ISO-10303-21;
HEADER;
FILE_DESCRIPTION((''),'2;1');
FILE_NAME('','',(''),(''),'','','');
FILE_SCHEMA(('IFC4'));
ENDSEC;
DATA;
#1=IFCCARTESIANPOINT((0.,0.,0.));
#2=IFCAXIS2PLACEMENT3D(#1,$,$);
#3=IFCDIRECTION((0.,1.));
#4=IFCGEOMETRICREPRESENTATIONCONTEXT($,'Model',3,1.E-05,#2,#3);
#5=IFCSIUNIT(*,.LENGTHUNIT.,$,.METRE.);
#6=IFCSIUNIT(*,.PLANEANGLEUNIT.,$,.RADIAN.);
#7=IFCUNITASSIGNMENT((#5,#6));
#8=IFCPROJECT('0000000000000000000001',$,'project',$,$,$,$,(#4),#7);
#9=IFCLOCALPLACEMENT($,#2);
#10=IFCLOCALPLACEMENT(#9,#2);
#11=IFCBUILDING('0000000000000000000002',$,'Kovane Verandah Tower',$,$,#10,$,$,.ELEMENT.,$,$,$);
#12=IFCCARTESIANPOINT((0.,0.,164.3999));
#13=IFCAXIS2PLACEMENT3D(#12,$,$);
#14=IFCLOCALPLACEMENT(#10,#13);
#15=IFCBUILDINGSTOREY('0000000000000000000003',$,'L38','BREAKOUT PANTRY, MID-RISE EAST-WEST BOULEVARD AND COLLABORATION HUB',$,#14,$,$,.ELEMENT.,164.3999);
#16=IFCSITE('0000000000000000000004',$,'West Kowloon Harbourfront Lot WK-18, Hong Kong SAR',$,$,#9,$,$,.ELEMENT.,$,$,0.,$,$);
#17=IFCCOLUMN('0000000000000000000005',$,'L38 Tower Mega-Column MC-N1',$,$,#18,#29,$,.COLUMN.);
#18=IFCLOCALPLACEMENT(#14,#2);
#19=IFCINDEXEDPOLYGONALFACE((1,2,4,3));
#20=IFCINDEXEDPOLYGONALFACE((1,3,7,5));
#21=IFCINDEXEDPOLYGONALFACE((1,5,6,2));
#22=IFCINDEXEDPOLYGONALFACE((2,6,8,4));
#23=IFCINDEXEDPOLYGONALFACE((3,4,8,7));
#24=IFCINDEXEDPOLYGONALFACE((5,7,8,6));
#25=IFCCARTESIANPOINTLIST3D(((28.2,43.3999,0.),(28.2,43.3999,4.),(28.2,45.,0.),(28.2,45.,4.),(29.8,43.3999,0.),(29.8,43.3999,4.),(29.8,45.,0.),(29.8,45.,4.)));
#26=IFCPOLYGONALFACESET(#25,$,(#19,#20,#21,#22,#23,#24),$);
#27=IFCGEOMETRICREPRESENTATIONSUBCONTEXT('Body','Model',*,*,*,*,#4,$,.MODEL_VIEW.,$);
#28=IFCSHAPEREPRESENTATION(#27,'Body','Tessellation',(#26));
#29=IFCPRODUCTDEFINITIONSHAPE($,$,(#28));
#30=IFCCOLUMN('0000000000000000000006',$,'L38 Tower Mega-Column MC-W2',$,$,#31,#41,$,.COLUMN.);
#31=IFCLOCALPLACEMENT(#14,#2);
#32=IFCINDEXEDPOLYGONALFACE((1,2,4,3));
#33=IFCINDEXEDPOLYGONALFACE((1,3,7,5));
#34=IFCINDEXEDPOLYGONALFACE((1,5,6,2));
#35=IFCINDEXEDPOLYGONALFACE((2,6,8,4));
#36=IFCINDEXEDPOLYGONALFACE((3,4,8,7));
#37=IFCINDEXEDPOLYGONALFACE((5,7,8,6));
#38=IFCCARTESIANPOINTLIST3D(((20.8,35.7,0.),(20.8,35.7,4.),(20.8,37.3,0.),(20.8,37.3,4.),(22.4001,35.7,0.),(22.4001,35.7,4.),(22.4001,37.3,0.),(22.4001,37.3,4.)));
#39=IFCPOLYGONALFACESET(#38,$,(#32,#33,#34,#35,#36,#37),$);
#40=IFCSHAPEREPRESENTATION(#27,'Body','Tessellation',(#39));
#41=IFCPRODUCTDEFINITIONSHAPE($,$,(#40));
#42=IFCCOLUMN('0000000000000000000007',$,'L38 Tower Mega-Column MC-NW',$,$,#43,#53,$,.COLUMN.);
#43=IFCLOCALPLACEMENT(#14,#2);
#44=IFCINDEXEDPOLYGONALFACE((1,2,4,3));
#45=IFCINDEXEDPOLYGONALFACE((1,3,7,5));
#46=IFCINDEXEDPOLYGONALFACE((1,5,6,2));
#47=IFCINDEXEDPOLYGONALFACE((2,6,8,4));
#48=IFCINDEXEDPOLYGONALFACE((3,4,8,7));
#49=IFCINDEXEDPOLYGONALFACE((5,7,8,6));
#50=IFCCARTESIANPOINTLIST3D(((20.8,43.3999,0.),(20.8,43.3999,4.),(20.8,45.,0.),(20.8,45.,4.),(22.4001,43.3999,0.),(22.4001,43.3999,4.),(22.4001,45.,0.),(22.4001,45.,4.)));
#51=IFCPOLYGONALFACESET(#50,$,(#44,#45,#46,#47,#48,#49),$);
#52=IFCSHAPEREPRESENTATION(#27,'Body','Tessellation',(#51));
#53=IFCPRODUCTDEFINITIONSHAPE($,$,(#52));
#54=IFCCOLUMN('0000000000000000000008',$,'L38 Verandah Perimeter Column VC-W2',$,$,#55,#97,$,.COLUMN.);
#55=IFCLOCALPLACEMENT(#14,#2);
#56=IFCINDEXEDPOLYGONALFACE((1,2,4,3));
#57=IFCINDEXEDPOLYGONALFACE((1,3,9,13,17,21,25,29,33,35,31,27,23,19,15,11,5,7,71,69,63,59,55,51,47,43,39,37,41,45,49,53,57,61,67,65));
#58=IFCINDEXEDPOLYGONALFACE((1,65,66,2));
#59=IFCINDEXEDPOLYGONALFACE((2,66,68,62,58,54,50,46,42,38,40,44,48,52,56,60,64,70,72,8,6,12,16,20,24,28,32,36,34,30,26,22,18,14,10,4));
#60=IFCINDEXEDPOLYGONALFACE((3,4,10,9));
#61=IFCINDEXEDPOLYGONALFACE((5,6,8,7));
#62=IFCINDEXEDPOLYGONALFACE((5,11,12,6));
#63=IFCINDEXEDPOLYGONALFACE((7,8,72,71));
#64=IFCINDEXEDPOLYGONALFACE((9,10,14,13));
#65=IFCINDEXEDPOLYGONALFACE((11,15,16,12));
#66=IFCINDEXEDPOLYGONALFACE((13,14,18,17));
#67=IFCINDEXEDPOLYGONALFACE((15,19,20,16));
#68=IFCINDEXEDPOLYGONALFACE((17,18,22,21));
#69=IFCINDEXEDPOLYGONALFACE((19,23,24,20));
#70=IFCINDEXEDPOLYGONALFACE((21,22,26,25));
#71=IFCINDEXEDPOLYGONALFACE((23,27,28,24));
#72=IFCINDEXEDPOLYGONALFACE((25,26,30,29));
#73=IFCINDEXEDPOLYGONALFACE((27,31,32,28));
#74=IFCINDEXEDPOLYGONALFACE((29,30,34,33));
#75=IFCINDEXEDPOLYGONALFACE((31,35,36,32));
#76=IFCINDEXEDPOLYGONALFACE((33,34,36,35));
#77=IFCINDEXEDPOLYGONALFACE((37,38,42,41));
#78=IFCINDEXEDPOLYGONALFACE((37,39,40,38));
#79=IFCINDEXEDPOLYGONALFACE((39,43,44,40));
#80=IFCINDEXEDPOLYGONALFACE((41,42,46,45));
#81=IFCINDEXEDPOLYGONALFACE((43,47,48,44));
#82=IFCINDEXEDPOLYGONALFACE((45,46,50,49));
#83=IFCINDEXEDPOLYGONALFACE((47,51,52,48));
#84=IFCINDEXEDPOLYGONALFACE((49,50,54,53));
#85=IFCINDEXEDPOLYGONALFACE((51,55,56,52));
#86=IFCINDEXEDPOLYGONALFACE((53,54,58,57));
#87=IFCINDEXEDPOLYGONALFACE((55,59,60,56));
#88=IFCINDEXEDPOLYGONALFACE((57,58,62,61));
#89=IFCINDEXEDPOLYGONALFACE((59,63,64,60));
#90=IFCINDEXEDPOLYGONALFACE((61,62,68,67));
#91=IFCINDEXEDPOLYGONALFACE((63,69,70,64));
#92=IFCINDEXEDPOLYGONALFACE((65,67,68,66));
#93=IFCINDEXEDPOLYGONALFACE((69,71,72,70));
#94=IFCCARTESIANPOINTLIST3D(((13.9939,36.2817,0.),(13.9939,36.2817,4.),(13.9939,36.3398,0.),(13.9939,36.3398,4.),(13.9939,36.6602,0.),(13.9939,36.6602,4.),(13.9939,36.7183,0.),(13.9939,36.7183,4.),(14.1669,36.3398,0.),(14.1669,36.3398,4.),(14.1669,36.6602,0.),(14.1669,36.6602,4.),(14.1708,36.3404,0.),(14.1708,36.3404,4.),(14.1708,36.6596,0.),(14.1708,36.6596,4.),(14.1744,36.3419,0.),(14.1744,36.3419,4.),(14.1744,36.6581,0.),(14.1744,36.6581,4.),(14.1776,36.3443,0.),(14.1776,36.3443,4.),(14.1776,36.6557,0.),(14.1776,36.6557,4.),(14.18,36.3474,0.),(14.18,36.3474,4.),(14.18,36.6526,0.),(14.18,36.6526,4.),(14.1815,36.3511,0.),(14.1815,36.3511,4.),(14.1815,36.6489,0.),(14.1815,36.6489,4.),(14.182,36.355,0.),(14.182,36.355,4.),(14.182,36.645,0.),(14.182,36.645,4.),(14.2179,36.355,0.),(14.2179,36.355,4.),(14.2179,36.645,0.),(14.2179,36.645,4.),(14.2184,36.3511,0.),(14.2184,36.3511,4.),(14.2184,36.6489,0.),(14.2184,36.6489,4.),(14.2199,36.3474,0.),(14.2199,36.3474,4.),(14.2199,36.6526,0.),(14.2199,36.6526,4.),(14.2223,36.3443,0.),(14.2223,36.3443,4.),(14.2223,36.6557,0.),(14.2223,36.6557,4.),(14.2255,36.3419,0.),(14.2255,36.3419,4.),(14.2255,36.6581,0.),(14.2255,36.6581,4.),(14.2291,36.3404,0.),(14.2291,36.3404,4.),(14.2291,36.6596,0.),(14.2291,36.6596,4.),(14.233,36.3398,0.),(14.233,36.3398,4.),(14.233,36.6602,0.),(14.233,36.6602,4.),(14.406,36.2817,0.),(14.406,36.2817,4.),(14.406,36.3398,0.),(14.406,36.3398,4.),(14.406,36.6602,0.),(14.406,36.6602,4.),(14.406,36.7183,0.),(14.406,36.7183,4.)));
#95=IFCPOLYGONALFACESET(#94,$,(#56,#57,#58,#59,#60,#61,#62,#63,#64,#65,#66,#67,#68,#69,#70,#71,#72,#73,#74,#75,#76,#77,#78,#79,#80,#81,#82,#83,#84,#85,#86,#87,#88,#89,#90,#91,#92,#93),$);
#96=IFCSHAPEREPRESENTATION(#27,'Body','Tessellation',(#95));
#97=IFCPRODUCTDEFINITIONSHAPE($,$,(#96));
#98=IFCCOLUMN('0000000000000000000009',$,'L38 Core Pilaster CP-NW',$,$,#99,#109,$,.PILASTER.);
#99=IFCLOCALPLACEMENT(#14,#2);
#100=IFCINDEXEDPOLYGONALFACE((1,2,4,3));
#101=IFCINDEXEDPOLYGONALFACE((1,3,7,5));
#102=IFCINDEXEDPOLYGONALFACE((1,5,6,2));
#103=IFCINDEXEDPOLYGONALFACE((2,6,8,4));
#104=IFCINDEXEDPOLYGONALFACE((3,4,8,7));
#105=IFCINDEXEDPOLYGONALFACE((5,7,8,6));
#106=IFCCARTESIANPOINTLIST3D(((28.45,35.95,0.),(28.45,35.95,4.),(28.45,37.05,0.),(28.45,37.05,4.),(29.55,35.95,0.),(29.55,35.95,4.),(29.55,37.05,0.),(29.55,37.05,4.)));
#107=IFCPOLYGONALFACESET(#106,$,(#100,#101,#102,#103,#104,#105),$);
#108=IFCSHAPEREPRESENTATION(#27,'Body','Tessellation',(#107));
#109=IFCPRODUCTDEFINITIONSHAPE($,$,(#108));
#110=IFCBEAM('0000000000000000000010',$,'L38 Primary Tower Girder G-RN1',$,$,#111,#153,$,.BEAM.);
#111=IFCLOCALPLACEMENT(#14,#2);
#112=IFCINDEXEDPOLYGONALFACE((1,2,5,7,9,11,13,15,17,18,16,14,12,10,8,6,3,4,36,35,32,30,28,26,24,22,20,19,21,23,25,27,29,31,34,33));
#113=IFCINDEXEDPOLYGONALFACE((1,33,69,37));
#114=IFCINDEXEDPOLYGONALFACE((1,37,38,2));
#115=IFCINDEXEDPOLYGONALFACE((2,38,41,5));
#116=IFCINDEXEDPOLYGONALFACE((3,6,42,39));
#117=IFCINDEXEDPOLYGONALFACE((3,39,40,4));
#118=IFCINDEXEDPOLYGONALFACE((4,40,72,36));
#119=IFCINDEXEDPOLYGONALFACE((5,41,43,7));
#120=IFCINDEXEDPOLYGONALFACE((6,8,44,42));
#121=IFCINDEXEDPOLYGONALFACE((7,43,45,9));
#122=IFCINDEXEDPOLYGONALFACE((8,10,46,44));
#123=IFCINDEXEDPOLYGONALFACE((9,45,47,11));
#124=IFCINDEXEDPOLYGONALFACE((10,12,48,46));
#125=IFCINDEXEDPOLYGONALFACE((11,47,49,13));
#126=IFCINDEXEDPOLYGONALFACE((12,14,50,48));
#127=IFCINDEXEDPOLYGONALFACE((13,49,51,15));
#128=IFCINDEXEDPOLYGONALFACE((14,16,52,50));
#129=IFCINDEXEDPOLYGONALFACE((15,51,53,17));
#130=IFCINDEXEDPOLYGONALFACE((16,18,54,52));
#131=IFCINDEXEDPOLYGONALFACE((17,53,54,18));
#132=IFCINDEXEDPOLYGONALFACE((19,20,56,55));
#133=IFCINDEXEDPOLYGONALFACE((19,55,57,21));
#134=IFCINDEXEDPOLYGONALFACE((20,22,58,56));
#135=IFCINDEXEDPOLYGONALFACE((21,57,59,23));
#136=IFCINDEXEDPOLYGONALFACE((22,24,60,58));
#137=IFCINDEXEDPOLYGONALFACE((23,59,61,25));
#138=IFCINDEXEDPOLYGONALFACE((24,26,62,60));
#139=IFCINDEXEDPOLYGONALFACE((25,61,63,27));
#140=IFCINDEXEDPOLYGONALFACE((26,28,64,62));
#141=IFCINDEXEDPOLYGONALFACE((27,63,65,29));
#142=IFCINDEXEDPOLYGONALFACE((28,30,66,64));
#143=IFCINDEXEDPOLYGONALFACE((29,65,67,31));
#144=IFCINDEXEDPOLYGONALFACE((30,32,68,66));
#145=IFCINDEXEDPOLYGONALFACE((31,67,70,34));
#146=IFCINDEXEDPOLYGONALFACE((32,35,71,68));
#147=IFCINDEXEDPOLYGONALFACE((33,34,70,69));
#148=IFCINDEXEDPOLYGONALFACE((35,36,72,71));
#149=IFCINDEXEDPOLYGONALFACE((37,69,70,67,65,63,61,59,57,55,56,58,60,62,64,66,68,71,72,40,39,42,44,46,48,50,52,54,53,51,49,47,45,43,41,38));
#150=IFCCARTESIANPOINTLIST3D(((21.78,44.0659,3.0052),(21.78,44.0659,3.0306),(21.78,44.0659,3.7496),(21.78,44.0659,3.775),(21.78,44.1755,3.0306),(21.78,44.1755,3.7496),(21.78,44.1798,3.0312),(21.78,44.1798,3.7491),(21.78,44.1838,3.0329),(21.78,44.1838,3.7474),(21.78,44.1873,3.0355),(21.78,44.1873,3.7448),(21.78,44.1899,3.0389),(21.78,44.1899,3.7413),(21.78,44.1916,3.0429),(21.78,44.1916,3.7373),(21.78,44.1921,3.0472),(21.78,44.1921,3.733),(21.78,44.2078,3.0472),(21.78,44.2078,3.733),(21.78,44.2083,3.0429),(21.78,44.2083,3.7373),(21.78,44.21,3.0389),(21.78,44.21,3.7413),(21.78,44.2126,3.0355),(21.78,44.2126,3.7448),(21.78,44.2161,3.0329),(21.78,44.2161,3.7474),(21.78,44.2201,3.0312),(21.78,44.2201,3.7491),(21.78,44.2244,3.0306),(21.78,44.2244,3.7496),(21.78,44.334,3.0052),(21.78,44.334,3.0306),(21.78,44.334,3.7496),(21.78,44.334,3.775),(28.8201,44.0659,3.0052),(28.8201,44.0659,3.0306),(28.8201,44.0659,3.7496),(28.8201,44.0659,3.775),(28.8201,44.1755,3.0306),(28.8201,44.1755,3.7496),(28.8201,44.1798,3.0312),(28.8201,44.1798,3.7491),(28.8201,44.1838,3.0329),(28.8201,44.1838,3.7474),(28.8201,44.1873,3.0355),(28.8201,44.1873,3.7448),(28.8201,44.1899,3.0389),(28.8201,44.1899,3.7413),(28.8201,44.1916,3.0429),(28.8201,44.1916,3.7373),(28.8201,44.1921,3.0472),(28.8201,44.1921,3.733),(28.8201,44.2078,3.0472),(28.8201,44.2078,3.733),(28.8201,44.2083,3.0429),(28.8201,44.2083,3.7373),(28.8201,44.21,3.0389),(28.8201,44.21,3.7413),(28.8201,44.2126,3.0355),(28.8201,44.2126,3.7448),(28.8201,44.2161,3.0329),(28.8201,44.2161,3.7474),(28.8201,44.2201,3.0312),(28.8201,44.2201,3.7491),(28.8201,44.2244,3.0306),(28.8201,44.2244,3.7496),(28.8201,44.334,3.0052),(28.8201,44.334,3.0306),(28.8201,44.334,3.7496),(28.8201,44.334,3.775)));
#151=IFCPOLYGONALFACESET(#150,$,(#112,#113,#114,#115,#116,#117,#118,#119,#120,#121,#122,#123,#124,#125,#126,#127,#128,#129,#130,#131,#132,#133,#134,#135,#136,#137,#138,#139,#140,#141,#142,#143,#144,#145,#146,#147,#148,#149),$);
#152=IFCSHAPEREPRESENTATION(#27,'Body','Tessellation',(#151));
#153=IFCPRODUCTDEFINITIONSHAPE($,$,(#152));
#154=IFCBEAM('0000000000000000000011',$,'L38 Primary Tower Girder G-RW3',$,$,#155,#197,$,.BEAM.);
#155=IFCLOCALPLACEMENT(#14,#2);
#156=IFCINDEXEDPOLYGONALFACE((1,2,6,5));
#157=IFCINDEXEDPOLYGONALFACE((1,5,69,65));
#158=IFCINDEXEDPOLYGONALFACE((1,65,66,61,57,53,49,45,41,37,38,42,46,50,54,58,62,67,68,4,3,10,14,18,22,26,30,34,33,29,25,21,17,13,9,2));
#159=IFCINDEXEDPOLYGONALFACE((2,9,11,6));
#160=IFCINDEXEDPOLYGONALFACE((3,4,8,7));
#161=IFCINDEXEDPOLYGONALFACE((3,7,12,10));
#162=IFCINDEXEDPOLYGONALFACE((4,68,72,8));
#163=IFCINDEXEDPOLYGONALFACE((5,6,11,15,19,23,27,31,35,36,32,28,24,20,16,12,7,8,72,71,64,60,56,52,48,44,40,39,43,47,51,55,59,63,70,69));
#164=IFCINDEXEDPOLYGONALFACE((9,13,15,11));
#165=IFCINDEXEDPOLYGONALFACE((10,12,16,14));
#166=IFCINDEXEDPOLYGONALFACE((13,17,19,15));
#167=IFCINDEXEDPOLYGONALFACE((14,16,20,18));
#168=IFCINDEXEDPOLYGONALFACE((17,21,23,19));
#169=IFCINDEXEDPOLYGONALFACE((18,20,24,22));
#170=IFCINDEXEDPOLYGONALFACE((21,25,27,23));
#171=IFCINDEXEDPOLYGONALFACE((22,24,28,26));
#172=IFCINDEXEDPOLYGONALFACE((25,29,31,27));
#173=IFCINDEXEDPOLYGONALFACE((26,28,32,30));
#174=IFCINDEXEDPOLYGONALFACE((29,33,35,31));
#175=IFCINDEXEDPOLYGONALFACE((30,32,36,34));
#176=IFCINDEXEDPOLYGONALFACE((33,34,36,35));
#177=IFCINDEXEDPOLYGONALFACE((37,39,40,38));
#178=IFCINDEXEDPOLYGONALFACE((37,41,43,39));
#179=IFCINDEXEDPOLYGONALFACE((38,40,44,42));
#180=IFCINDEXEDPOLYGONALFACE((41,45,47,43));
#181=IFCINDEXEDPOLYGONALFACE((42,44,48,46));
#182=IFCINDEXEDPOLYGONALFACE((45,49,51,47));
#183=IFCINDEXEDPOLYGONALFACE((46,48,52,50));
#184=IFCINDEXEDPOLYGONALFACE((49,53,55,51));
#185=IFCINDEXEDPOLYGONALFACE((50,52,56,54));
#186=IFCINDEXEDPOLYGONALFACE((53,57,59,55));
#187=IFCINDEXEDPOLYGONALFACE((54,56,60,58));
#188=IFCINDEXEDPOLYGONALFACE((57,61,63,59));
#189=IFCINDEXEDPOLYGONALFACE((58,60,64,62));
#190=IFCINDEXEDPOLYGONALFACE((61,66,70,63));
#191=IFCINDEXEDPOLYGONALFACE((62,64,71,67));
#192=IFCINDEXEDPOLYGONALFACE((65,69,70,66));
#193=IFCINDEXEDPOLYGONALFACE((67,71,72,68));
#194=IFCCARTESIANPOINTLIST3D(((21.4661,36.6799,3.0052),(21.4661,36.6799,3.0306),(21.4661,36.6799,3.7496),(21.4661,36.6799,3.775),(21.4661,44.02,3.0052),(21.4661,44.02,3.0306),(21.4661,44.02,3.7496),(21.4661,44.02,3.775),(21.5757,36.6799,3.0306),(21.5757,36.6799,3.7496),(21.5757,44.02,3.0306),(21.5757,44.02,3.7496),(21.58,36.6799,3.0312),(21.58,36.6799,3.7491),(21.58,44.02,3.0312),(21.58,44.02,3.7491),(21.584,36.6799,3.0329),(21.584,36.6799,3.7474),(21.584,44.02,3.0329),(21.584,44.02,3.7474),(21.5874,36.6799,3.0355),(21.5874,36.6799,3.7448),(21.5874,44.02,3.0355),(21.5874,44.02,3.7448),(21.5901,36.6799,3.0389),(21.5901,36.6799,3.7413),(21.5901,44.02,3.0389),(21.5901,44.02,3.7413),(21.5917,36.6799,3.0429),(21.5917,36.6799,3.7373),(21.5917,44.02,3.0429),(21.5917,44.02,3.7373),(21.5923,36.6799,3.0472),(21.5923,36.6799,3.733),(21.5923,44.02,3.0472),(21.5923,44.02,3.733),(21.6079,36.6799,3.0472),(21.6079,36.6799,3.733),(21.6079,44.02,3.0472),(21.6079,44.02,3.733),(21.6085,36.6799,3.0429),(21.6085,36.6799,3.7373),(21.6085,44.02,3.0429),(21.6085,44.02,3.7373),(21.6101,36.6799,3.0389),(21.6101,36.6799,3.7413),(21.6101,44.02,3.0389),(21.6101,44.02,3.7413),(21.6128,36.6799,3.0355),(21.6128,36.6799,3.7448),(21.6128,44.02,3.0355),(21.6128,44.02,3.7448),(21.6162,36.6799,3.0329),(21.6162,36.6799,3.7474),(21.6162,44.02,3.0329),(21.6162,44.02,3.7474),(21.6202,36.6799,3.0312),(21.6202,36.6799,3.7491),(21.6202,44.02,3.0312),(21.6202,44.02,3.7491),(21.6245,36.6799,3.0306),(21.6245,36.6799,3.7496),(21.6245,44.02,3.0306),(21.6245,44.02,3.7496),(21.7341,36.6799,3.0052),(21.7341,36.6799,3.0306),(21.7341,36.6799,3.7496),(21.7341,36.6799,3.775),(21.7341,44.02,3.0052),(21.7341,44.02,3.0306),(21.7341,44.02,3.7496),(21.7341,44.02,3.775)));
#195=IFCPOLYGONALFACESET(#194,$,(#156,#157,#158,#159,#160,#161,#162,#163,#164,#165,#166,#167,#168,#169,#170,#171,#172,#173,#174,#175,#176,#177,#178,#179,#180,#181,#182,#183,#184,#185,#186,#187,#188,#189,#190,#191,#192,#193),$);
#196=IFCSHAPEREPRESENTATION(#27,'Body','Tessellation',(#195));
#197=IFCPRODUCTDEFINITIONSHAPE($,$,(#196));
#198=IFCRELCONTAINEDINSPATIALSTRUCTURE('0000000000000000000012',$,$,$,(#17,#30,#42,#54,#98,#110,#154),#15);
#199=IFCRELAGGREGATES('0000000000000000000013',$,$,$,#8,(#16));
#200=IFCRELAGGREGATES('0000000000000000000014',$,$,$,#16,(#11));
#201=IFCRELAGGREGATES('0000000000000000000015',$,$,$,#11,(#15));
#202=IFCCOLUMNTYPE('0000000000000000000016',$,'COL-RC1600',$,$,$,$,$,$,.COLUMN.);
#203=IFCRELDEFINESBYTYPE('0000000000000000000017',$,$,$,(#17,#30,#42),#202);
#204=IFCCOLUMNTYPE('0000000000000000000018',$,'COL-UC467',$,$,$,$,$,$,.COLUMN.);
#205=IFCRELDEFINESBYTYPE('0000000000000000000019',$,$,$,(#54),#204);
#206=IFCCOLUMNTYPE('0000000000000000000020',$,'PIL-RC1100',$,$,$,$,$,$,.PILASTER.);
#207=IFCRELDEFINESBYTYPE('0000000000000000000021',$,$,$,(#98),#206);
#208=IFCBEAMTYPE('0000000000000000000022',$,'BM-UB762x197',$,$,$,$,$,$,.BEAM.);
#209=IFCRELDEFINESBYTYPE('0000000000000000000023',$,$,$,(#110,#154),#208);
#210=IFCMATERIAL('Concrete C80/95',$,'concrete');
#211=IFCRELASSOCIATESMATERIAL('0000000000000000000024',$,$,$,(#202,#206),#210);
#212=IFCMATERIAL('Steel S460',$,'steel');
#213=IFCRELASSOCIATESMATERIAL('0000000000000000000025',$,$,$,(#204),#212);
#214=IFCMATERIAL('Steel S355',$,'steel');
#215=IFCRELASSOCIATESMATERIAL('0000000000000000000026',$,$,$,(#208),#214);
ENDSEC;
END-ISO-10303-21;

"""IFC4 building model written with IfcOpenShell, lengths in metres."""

from ifc_helpers import new_model, si_unit, direction, frame, origin, origin_2d, place, context, subcontext, project, spatial, rectangle, i_section, extrude, material, material_profile, profile_set, type_object, element, save


model = new_model("IFC4")

# Units and contexts
model_context = context("Model", 3, precision=1e-05, world=origin(), true_north=direction((0.0, 1.0)))
body_context = subcontext(model_context, "Body", "Model", "MODEL_VIEW")
ifc_project = project(units=[si_unit("LENGTHUNIT", "METRE"), si_unit("PLANEANGLEUNIT", "RADIAN")], contexts=[model_context])

# Site, building, storey
site_placement = place(None, origin())
site = spatial("IfcSite", under=ifc_project, at=site_placement, Name="West Kowloon Harbourfront Lot WK-18, Hong Kong SAR", CompositionType="ELEMENT", RefElevation=0.0)
building_placement = place(site_placement, origin())
building = spatial("IfcBuilding", under=site, at=building_placement, Name="Kovane Verandah Tower", CompositionType="ELEMENT")
storey_placement = place(building_placement, frame((0.0, 0.0, 164.3999)))
storey = spatial("IfcBuildingStorey", under=building, at=storey_placement, Name="L38", Description="BREAKOUT PANTRY, MID-RISE EAST-WEST BOULEVARD AND COLLABORATION HUB", CompositionType="ELEMENT", Elevation=164.3999)

# Columns
ifc_material_1 = material(Name="Concrete C80/95", Category="concrete")
ifc_material_profile_1 = material_profile(ifc_material_1, rectangle(XDim=1.6001, YDim=1.6001, at=origin_2d()), Name="RC1600x1600")
ifc_profile_set_1 = profile_set([ifc_material_profile_1], Name="Concrete C80/95")
column_type_1 = type_object("IfcColumnType", Name="COL-RC1600", PredefinedType="COLUMN", material=ifc_profile_set_1)
for number, where, z_axis, x_axis, name in (
    (1, (29.0, 44.2, 0.0), (0.0, 0.0, 1.0), (1.0, 0.0, 0.0), "L38 Tower Mega-Column MC-N1"),
    (2, (21.6001, 36.5, 0.0), (0.0, 0.0, 1.0), (1.0, 0.0, 0.0), "L38 Tower Mega-Column MC-W2"),
    (3, (21.6001, 44.2, 0.0), (0.0, 0.0, 1.0), (1.0, 0.0, 0.0), "L38 Tower Mega-Column MC-NW"),
):
    element("IfcColumn", number, at=place(storey_placement, frame(where, z_axis=z_axis, x_axis=x_axis)), inside=storey, type_object=column_type_1, Name=name, PredefinedType="COLUMN", context=body_context, shape_type="SweptSolid", body=[
        extrude(rectangle(XDim=1.6001, YDim=1.6001, at=origin_2d()), origin(), (0.0, 0.0, 1.0), 4.0),
    ])
ifc_material_2 = material(Name="Steel S460", Category="steel")
ifc_material_profile_2 = material_profile(ifc_material_2, i_section(OverallWidth=0.4121, OverallDepth=0.4365, WebThickness=0.0359, FlangeThickness=0.0581, FilletRadius=0.0151, at=origin_2d()), Name="UC356x406x467")
ifc_profile_set_2 = profile_set([ifc_material_profile_2], Name="Steel S460")
column_type_2 = type_object("IfcColumnType", Name="COL-UC467", PredefinedType="COLUMN", material=ifc_profile_set_2)
column_1_placement = place(storey_placement, frame((14.2, 36.5, 0.0), z_axis=(0.0, 0.0, 1.0), x_axis=(1.0, 0.0, 0.0)))
element("IfcColumn", 4, at=column_1_placement, inside=storey, type_object=column_type_2, Name="L38 Verandah Perimeter Column VC-W2", PredefinedType="COLUMN", context=body_context, shape_type="SweptSolid", body=[
    extrude(i_section(OverallWidth=0.4121, OverallDepth=0.4365, WebThickness=0.0359, FlangeThickness=0.0581, FilletRadius=0.0151, at=origin_2d()), origin(), (0.0, 0.0, 1.0), 4.0),
])
ifc_material_profile_3 = material_profile(ifc_material_1, rectangle(XDim=1.1001, YDim=1.1001, at=origin_2d()), Name="RC1100x1100")
ifc_profile_set_3 = profile_set([ifc_material_profile_3], Name="Concrete C80/95")
column_type_3 = type_object("IfcColumnType", Name="PIL-RC1100", PredefinedType="PILASTER", material=ifc_profile_set_3)
column_2_placement = place(storey_placement, frame((29.0, 36.5, 0.0), z_axis=(0.0, 0.0, 1.0), x_axis=(1.0, 0.0, 0.0)))
element("IfcColumn", 5, at=column_2_placement, inside=storey, type_object=column_type_3, Name="L38 Core Pilaster CP-NW", PredefinedType="PILASTER", context=body_context, shape_type="SweptSolid", body=[
    extrude(rectangle(XDim=1.1001, YDim=1.1001, at=origin_2d()), origin(), (0.0, 0.0, 1.0), 4.0),
])

# Beams
ifc_material_3 = material(Name="Steel S355", Category="steel")
ifc_material_profile_4 = material_profile(ifc_material_3, i_section(OverallWidth=0.2681, OverallDepth=0.7698, WebThickness=0.0156, FlangeThickness=0.0254, FilletRadius=0.0166, at=origin_2d()), Name="UB762x267x197")
ifc_profile_set_4 = profile_set([ifc_material_profile_4], Name="Steel S355")
beam_type_1 = type_object("IfcBeamType", Name="BM-UB762x197", PredefinedType="BEAM", material=ifc_profile_set_4)
beam_1_placement = place(storey_placement, frame((21.78, 44.2, 3.3901), z_axis=(1.0, 0.0, 0.0), x_axis=(0.0, 1.0, 0.0)))
element("IfcBeam", 6, at=beam_1_placement, inside=storey, type_object=beam_type_1, Name="L38 Primary Tower Girder G-RN1", PredefinedType="BEAM", context=body_context, shape_type="SweptSolid", body=[
    extrude(i_section(OverallWidth=0.2681, OverallDepth=0.7698, WebThickness=0.0156, FlangeThickness=0.0254, FilletRadius=0.0166, at=origin_2d()), origin(), (0.0, 0.0, 1.0), 7.04),
])
beam_2_placement = place(storey_placement, frame((21.6001, 36.6799, 3.3901), z_axis=(0.0, 1.0, 0.0), x_axis=(-1.0, 0.0, 0.0)))
element("IfcBeam", 7, at=beam_2_placement, inside=storey, type_object=beam_type_1, Name="L38 Primary Tower Girder G-RW3", PredefinedType="BEAM", context=body_context, shape_type="SweptSolid", body=[
    extrude(i_section(OverallWidth=0.2681, OverallDepth=0.7698, WebThickness=0.0156, FlangeThickness=0.0254, FilletRadius=0.0166, at=origin_2d()), origin(), (0.0, 0.0, 1.0), 7.3401),
])

save(model, "model.ifc")
